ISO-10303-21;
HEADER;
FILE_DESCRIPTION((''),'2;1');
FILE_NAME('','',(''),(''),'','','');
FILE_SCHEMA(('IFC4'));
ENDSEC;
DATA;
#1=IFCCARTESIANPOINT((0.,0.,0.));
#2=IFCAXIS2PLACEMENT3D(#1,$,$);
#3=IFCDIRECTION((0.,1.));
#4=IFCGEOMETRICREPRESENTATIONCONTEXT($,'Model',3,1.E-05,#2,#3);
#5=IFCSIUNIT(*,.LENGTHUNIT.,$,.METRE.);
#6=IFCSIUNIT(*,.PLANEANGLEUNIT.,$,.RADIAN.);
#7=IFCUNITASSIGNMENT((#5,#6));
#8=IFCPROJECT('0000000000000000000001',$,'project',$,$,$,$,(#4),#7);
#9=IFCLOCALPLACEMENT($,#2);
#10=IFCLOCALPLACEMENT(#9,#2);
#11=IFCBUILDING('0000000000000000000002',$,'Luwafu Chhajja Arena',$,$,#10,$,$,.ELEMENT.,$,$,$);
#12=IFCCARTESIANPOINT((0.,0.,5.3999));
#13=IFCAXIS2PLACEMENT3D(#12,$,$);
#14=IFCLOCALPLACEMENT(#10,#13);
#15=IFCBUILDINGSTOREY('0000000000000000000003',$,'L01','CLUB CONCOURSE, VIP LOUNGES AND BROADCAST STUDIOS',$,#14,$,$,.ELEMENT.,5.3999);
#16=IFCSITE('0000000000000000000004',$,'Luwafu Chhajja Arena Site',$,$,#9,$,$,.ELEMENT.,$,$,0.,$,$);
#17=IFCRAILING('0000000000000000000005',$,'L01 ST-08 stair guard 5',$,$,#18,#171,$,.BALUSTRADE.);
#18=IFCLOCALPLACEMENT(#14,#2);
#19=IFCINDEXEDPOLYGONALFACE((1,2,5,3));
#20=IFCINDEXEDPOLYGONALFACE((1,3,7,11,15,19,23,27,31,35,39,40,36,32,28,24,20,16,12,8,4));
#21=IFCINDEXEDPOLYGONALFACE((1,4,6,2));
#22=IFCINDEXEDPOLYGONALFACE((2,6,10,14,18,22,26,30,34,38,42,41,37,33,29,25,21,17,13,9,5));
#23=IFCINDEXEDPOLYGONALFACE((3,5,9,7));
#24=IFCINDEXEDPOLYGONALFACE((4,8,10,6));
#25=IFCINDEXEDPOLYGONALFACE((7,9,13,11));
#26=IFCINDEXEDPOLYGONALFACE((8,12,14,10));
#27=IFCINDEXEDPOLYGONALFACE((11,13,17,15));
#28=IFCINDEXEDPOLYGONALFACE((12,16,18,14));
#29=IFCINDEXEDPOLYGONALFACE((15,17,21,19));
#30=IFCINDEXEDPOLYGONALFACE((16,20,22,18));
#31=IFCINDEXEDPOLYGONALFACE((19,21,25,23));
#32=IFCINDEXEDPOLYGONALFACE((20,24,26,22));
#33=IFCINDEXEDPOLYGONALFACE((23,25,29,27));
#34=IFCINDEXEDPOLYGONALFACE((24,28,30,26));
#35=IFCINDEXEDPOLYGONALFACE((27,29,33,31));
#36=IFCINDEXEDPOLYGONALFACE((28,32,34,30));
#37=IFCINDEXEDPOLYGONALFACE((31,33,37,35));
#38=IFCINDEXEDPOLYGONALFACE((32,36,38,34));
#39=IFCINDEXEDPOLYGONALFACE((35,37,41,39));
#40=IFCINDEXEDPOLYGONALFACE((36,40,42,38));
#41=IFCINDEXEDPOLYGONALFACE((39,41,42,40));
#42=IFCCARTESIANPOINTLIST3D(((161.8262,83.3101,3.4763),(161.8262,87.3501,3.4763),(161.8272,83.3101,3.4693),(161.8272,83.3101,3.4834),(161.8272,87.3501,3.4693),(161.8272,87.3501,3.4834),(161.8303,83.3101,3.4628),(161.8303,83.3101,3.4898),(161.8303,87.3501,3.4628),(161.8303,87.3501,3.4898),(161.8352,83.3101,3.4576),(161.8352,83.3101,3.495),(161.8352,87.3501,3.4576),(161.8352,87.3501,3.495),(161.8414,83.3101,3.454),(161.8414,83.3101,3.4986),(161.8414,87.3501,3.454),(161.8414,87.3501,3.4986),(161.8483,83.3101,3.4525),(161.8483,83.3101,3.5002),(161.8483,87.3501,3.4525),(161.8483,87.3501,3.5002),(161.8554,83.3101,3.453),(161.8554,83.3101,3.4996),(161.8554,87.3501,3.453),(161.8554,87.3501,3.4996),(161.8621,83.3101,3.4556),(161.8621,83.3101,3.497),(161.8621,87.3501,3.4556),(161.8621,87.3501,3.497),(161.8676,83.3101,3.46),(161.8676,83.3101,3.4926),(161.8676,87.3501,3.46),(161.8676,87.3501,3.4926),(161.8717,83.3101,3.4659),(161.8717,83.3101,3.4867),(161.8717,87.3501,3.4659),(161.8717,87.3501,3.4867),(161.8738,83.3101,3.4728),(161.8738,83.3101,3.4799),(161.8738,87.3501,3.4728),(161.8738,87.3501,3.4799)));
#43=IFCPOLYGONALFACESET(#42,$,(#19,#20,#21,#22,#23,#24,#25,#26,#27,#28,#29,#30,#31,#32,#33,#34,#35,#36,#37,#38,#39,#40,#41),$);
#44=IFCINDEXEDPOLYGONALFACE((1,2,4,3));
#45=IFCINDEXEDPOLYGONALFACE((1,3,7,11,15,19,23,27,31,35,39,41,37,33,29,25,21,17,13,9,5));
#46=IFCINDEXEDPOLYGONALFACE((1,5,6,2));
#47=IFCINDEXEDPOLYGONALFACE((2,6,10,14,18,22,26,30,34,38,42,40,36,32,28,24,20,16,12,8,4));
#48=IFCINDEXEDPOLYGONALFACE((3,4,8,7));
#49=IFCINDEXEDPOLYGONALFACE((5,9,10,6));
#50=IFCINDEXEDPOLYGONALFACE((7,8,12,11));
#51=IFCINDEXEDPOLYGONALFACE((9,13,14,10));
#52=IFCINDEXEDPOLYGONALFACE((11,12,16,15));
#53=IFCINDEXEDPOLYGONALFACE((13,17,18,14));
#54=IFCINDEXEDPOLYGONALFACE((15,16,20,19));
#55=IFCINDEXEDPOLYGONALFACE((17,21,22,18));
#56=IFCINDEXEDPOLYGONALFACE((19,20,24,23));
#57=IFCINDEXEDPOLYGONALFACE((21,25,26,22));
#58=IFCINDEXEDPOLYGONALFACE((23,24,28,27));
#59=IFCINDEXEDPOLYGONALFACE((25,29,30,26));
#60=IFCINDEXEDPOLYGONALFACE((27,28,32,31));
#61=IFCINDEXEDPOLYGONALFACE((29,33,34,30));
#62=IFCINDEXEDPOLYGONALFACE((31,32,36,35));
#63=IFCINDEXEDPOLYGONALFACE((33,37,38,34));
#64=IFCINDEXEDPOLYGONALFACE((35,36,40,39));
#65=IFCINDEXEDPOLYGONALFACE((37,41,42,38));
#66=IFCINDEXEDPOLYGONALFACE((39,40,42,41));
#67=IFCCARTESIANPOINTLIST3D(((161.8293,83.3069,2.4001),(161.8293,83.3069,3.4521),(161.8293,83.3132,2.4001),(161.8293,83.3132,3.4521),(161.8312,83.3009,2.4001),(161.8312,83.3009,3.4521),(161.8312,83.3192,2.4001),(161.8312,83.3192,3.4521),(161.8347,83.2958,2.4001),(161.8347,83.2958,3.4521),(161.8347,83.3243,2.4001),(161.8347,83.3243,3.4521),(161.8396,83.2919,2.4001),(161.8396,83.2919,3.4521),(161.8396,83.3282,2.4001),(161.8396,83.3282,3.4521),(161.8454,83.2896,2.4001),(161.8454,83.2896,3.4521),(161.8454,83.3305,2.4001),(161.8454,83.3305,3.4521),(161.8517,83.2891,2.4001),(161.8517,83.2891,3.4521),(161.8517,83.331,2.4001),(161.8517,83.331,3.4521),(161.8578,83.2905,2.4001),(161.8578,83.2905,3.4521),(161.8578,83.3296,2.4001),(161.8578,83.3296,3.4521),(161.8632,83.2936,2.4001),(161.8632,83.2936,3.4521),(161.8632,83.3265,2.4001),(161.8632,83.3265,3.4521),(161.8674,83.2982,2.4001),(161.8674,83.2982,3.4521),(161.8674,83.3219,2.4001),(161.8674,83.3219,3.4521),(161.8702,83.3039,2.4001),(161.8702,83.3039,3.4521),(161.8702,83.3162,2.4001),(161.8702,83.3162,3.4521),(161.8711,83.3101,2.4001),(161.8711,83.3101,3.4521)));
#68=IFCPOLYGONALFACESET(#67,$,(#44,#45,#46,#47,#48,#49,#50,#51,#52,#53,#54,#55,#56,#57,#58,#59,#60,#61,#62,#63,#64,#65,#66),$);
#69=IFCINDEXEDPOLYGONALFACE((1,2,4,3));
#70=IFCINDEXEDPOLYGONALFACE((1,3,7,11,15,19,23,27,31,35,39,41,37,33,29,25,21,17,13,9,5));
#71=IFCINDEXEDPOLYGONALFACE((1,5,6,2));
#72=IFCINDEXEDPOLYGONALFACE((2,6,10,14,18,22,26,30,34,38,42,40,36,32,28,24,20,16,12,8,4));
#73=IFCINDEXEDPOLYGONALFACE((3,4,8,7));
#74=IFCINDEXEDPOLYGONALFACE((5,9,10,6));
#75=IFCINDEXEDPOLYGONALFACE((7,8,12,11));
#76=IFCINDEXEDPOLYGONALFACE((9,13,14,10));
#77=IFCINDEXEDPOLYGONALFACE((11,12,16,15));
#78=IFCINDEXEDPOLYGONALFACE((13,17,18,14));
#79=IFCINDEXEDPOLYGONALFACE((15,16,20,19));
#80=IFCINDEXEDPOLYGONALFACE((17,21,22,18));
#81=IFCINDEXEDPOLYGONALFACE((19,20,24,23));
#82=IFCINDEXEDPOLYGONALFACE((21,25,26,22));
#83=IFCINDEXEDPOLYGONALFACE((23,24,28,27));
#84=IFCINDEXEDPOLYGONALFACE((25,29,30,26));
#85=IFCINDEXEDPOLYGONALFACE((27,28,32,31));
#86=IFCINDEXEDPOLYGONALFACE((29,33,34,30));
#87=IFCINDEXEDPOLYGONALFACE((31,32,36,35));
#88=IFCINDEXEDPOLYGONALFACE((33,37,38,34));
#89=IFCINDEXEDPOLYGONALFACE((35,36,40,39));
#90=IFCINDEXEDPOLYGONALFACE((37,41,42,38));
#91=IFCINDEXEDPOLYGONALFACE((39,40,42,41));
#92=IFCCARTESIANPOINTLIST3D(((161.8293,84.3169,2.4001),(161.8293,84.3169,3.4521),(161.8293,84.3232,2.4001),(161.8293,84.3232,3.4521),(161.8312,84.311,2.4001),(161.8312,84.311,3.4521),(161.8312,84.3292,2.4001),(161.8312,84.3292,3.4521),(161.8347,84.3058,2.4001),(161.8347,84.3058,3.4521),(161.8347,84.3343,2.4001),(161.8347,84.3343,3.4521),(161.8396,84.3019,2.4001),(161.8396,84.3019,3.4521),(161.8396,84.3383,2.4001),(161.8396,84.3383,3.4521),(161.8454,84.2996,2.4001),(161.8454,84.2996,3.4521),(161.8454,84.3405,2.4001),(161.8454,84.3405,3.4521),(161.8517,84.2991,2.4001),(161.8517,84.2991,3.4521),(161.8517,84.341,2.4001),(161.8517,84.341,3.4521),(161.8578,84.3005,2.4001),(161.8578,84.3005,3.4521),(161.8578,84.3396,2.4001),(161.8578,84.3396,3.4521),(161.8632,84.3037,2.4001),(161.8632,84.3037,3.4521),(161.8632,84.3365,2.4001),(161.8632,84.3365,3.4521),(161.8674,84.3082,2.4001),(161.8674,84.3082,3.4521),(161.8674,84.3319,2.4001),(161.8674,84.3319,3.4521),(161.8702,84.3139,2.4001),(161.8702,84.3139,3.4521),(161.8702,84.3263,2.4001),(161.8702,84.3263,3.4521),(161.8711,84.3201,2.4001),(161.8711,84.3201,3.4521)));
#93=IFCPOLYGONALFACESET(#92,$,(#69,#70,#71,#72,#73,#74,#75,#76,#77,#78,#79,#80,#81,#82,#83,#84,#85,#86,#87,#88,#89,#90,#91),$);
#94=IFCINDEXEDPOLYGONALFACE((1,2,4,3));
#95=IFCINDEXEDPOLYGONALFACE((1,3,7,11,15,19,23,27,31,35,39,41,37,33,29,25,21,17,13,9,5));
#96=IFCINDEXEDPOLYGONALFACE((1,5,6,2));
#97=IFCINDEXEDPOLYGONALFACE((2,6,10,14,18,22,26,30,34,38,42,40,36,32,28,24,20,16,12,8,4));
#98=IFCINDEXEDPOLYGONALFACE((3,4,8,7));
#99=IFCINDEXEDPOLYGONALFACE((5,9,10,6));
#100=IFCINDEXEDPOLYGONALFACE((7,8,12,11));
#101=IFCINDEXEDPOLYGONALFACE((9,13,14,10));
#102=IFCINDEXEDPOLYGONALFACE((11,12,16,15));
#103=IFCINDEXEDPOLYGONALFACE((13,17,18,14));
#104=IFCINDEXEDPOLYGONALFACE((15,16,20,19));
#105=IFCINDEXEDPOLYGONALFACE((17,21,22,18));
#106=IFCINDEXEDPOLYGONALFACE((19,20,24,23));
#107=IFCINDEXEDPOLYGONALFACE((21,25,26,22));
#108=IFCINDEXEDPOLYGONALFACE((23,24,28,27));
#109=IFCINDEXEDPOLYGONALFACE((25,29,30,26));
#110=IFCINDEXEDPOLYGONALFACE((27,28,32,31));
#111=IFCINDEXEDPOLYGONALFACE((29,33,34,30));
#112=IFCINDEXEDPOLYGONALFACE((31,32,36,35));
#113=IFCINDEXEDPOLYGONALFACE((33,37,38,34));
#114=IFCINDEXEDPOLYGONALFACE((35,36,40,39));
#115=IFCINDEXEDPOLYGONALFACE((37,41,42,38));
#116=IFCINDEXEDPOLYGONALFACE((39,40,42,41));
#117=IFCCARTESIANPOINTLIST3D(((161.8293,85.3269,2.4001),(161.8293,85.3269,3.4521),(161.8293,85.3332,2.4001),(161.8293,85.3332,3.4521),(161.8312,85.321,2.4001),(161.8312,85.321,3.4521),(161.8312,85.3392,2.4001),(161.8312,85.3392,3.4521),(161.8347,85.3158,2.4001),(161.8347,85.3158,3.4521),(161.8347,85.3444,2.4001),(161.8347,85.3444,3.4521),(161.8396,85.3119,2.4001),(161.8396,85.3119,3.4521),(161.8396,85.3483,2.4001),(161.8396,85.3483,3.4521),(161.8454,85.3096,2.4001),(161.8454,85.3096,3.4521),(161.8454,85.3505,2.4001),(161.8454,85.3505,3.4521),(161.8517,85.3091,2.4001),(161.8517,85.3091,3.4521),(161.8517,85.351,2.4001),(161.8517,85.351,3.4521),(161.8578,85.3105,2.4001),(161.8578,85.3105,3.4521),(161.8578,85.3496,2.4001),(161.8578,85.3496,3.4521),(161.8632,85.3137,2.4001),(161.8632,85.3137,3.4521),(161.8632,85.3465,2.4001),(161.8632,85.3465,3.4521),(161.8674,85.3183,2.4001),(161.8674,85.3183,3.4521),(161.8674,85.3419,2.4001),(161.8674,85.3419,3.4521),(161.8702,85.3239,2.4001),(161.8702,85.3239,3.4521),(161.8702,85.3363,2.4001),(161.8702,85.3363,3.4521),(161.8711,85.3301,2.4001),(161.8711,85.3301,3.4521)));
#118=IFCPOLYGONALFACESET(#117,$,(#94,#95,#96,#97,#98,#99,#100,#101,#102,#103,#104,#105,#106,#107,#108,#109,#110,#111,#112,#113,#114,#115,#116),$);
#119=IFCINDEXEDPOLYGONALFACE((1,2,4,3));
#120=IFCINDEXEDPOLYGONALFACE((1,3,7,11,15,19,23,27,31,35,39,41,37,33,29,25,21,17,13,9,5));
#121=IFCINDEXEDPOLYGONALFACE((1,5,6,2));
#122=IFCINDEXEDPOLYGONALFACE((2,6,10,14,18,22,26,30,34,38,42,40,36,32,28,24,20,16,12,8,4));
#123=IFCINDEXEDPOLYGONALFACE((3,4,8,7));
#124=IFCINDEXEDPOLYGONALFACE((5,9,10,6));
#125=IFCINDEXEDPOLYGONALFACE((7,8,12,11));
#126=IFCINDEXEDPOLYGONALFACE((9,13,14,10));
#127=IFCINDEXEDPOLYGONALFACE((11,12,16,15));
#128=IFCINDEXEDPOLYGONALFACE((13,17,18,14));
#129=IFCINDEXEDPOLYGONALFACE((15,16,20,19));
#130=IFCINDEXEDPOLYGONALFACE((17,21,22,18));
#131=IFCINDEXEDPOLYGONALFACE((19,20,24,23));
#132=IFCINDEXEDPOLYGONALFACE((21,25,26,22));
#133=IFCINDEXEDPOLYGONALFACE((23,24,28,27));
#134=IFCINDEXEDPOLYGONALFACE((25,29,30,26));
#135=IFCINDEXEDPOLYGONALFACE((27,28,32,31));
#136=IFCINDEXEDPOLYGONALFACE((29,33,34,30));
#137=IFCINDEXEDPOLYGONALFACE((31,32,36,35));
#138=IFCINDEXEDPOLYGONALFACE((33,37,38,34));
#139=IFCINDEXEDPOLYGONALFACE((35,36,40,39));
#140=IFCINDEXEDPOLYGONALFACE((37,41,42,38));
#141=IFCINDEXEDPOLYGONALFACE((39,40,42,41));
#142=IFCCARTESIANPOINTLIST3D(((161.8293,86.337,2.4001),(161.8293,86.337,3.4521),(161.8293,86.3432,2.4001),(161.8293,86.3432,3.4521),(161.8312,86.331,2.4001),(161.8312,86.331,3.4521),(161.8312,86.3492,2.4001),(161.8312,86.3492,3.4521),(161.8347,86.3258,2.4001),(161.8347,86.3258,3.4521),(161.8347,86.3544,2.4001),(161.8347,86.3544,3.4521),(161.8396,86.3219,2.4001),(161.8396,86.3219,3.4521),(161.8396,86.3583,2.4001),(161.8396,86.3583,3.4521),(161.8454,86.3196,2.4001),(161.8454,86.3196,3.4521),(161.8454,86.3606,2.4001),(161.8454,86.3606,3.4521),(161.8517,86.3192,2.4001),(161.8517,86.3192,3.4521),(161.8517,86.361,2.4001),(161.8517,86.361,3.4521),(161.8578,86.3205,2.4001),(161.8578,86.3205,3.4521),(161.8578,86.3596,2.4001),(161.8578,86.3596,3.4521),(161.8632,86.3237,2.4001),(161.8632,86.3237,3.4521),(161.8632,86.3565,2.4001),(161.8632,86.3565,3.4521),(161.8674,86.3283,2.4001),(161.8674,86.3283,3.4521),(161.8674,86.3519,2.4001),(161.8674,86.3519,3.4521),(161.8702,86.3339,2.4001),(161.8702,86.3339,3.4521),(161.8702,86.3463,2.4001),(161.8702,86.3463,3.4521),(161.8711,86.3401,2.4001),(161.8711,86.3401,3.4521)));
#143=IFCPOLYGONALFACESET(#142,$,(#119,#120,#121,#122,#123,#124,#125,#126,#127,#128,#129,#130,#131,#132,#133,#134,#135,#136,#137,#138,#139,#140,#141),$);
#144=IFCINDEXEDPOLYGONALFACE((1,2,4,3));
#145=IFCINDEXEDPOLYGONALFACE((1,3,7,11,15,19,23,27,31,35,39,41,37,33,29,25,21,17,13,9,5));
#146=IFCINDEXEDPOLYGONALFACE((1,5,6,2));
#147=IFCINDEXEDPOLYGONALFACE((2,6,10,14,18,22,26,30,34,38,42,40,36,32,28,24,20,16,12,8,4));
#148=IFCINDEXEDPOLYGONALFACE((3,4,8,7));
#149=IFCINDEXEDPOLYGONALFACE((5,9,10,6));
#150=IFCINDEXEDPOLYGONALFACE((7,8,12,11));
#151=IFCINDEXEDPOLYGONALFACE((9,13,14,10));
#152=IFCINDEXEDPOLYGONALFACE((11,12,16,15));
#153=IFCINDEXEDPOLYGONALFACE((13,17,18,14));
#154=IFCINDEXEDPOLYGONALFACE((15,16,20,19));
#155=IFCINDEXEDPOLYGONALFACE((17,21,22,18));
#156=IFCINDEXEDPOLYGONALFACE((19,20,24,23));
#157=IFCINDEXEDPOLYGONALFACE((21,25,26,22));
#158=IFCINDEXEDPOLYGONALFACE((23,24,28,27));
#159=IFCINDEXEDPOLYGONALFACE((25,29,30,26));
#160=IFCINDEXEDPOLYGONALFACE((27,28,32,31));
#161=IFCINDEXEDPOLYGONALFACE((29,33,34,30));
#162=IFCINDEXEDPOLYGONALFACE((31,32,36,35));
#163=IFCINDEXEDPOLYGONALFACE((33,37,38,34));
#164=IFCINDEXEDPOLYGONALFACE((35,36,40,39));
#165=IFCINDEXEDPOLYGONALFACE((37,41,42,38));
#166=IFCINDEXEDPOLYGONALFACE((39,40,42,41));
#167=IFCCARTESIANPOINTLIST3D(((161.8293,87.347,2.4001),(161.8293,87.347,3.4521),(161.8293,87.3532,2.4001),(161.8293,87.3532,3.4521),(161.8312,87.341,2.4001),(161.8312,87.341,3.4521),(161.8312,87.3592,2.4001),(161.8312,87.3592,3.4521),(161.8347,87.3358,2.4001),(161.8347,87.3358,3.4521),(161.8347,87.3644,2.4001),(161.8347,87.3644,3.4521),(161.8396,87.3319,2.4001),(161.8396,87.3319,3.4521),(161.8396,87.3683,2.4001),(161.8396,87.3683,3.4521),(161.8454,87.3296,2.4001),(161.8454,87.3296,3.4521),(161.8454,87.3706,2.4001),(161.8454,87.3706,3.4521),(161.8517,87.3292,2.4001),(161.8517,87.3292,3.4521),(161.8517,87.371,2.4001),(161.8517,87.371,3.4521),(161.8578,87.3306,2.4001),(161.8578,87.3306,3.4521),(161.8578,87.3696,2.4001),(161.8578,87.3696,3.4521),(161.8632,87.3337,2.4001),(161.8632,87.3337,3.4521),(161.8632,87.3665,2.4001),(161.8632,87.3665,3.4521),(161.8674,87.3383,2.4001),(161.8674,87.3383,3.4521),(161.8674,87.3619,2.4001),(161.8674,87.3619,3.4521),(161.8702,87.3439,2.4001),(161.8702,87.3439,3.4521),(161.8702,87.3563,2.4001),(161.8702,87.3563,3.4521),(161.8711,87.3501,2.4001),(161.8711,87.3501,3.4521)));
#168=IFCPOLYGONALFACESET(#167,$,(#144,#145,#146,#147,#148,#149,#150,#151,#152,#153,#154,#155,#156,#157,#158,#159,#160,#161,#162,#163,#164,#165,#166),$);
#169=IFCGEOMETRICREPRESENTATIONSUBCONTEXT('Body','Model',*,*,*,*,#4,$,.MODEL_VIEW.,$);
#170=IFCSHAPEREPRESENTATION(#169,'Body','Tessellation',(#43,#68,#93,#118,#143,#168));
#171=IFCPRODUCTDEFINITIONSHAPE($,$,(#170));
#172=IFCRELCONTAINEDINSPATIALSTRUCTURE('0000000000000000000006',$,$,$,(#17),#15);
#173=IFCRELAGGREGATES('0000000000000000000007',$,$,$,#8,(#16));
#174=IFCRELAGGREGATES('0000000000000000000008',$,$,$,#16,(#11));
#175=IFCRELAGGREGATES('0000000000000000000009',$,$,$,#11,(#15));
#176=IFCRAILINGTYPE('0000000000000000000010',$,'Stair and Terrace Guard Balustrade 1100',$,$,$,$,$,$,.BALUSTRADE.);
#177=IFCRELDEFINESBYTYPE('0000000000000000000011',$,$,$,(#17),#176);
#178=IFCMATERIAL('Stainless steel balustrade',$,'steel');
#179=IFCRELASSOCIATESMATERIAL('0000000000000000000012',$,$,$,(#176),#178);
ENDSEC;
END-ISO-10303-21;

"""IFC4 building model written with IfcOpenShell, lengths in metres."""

from ifc_helpers import new_model, si_unit, direction, frame, origin, origin_2d, place, context, subcontext, project, spatial, circle, extrude, material, type_object, element, save


model = new_model("IFC4")

# Units and contexts
model_context = context("Model", 3, precision=1e-05, world=origin(), true_north=direction((0.0, 1.0)))
body_context = subcontext(model_context, "Body", "Model", "MODEL_VIEW")
ifc_project = project(units=[si_unit("LENGTHUNIT", "METRE"), si_unit("PLANEANGLEUNIT", "RADIAN")], contexts=[model_context])

# Site, building, storey
site_placement = place(None, origin())
site = spatial("IfcSite", under=ifc_project, at=site_placement, Name="Luwafu Chhajja Arena Site", CompositionType="ELEMENT", RefElevation=0.0)
building_placement = place(site_placement, origin())
building = spatial("IfcBuilding", under=site, at=building_placement, Name="Luwafu Chhajja Arena", CompositionType="ELEMENT")
storey_placement = place(building_placement, frame((0.0, 0.0, 5.3999)))
storey = spatial("IfcBuildingStorey", under=building, at=storey_placement, Name="L01", Description="CLUB CONCOURSE, VIP LOUNGES AND BROADCAST STUDIOS", CompositionType="ELEMENT", Elevation=5.3999)

# Railing
ifc_material_1 = material(Name="Stainless steel balustrade", Category="steel")
railing_type_1 = type_object("IfcRailingType", Name="Stair and Terrace Guard Balustrade 1100", PredefinedType="BALUSTRADE", material=ifc_material_1)
railing_1_placement = place(storey_placement, frame((161.8501, 83.3101, 2.4001)))
element("IfcRailing", 1, at=railing_1_placement, inside=storey, type_object=railing_type_1, Name="L01 ST-08 stair guard 5", PredefinedType="BALUSTRADE", context=body_context, shape_type="SweptSolid", body=[
    extrude(circle(Radius=0.0239, at=origin_2d()), frame((0.0, 0.0, 1.0762), z_axis=(0.0, 1.0, 0.0), x_axis=(-1.0, 0.0, 0.0)), (0.0, 0.0, 1.0), 4.04),
    extrude(circle(Radius=0.021, at=origin_2d()), origin(), (0.0, 0.0, 1.0), 1.052),
    extrude(circle(Radius=0.021, at=origin_2d()), frame((0.0, 1.01, 0.0)), (0.0, 0.0, 1.0), 1.052),
    extrude(circle(Radius=0.021, at=origin_2d()), frame((0.0, 2.02, 0.0)), (0.0, 0.0, 1.0), 1.052),
    extrude(circle(Radius=0.021, at=origin_2d()), frame((0.0, 3.03, 0.0)), (0.0, 0.0, 1.0), 1.052),
    extrude(circle(Radius=0.021, at=origin_2d()), frame((0.0, 4.04, 0.0)), (0.0, 0.0, 1.0), 1.052),
])

save(model, "model.ifc")
